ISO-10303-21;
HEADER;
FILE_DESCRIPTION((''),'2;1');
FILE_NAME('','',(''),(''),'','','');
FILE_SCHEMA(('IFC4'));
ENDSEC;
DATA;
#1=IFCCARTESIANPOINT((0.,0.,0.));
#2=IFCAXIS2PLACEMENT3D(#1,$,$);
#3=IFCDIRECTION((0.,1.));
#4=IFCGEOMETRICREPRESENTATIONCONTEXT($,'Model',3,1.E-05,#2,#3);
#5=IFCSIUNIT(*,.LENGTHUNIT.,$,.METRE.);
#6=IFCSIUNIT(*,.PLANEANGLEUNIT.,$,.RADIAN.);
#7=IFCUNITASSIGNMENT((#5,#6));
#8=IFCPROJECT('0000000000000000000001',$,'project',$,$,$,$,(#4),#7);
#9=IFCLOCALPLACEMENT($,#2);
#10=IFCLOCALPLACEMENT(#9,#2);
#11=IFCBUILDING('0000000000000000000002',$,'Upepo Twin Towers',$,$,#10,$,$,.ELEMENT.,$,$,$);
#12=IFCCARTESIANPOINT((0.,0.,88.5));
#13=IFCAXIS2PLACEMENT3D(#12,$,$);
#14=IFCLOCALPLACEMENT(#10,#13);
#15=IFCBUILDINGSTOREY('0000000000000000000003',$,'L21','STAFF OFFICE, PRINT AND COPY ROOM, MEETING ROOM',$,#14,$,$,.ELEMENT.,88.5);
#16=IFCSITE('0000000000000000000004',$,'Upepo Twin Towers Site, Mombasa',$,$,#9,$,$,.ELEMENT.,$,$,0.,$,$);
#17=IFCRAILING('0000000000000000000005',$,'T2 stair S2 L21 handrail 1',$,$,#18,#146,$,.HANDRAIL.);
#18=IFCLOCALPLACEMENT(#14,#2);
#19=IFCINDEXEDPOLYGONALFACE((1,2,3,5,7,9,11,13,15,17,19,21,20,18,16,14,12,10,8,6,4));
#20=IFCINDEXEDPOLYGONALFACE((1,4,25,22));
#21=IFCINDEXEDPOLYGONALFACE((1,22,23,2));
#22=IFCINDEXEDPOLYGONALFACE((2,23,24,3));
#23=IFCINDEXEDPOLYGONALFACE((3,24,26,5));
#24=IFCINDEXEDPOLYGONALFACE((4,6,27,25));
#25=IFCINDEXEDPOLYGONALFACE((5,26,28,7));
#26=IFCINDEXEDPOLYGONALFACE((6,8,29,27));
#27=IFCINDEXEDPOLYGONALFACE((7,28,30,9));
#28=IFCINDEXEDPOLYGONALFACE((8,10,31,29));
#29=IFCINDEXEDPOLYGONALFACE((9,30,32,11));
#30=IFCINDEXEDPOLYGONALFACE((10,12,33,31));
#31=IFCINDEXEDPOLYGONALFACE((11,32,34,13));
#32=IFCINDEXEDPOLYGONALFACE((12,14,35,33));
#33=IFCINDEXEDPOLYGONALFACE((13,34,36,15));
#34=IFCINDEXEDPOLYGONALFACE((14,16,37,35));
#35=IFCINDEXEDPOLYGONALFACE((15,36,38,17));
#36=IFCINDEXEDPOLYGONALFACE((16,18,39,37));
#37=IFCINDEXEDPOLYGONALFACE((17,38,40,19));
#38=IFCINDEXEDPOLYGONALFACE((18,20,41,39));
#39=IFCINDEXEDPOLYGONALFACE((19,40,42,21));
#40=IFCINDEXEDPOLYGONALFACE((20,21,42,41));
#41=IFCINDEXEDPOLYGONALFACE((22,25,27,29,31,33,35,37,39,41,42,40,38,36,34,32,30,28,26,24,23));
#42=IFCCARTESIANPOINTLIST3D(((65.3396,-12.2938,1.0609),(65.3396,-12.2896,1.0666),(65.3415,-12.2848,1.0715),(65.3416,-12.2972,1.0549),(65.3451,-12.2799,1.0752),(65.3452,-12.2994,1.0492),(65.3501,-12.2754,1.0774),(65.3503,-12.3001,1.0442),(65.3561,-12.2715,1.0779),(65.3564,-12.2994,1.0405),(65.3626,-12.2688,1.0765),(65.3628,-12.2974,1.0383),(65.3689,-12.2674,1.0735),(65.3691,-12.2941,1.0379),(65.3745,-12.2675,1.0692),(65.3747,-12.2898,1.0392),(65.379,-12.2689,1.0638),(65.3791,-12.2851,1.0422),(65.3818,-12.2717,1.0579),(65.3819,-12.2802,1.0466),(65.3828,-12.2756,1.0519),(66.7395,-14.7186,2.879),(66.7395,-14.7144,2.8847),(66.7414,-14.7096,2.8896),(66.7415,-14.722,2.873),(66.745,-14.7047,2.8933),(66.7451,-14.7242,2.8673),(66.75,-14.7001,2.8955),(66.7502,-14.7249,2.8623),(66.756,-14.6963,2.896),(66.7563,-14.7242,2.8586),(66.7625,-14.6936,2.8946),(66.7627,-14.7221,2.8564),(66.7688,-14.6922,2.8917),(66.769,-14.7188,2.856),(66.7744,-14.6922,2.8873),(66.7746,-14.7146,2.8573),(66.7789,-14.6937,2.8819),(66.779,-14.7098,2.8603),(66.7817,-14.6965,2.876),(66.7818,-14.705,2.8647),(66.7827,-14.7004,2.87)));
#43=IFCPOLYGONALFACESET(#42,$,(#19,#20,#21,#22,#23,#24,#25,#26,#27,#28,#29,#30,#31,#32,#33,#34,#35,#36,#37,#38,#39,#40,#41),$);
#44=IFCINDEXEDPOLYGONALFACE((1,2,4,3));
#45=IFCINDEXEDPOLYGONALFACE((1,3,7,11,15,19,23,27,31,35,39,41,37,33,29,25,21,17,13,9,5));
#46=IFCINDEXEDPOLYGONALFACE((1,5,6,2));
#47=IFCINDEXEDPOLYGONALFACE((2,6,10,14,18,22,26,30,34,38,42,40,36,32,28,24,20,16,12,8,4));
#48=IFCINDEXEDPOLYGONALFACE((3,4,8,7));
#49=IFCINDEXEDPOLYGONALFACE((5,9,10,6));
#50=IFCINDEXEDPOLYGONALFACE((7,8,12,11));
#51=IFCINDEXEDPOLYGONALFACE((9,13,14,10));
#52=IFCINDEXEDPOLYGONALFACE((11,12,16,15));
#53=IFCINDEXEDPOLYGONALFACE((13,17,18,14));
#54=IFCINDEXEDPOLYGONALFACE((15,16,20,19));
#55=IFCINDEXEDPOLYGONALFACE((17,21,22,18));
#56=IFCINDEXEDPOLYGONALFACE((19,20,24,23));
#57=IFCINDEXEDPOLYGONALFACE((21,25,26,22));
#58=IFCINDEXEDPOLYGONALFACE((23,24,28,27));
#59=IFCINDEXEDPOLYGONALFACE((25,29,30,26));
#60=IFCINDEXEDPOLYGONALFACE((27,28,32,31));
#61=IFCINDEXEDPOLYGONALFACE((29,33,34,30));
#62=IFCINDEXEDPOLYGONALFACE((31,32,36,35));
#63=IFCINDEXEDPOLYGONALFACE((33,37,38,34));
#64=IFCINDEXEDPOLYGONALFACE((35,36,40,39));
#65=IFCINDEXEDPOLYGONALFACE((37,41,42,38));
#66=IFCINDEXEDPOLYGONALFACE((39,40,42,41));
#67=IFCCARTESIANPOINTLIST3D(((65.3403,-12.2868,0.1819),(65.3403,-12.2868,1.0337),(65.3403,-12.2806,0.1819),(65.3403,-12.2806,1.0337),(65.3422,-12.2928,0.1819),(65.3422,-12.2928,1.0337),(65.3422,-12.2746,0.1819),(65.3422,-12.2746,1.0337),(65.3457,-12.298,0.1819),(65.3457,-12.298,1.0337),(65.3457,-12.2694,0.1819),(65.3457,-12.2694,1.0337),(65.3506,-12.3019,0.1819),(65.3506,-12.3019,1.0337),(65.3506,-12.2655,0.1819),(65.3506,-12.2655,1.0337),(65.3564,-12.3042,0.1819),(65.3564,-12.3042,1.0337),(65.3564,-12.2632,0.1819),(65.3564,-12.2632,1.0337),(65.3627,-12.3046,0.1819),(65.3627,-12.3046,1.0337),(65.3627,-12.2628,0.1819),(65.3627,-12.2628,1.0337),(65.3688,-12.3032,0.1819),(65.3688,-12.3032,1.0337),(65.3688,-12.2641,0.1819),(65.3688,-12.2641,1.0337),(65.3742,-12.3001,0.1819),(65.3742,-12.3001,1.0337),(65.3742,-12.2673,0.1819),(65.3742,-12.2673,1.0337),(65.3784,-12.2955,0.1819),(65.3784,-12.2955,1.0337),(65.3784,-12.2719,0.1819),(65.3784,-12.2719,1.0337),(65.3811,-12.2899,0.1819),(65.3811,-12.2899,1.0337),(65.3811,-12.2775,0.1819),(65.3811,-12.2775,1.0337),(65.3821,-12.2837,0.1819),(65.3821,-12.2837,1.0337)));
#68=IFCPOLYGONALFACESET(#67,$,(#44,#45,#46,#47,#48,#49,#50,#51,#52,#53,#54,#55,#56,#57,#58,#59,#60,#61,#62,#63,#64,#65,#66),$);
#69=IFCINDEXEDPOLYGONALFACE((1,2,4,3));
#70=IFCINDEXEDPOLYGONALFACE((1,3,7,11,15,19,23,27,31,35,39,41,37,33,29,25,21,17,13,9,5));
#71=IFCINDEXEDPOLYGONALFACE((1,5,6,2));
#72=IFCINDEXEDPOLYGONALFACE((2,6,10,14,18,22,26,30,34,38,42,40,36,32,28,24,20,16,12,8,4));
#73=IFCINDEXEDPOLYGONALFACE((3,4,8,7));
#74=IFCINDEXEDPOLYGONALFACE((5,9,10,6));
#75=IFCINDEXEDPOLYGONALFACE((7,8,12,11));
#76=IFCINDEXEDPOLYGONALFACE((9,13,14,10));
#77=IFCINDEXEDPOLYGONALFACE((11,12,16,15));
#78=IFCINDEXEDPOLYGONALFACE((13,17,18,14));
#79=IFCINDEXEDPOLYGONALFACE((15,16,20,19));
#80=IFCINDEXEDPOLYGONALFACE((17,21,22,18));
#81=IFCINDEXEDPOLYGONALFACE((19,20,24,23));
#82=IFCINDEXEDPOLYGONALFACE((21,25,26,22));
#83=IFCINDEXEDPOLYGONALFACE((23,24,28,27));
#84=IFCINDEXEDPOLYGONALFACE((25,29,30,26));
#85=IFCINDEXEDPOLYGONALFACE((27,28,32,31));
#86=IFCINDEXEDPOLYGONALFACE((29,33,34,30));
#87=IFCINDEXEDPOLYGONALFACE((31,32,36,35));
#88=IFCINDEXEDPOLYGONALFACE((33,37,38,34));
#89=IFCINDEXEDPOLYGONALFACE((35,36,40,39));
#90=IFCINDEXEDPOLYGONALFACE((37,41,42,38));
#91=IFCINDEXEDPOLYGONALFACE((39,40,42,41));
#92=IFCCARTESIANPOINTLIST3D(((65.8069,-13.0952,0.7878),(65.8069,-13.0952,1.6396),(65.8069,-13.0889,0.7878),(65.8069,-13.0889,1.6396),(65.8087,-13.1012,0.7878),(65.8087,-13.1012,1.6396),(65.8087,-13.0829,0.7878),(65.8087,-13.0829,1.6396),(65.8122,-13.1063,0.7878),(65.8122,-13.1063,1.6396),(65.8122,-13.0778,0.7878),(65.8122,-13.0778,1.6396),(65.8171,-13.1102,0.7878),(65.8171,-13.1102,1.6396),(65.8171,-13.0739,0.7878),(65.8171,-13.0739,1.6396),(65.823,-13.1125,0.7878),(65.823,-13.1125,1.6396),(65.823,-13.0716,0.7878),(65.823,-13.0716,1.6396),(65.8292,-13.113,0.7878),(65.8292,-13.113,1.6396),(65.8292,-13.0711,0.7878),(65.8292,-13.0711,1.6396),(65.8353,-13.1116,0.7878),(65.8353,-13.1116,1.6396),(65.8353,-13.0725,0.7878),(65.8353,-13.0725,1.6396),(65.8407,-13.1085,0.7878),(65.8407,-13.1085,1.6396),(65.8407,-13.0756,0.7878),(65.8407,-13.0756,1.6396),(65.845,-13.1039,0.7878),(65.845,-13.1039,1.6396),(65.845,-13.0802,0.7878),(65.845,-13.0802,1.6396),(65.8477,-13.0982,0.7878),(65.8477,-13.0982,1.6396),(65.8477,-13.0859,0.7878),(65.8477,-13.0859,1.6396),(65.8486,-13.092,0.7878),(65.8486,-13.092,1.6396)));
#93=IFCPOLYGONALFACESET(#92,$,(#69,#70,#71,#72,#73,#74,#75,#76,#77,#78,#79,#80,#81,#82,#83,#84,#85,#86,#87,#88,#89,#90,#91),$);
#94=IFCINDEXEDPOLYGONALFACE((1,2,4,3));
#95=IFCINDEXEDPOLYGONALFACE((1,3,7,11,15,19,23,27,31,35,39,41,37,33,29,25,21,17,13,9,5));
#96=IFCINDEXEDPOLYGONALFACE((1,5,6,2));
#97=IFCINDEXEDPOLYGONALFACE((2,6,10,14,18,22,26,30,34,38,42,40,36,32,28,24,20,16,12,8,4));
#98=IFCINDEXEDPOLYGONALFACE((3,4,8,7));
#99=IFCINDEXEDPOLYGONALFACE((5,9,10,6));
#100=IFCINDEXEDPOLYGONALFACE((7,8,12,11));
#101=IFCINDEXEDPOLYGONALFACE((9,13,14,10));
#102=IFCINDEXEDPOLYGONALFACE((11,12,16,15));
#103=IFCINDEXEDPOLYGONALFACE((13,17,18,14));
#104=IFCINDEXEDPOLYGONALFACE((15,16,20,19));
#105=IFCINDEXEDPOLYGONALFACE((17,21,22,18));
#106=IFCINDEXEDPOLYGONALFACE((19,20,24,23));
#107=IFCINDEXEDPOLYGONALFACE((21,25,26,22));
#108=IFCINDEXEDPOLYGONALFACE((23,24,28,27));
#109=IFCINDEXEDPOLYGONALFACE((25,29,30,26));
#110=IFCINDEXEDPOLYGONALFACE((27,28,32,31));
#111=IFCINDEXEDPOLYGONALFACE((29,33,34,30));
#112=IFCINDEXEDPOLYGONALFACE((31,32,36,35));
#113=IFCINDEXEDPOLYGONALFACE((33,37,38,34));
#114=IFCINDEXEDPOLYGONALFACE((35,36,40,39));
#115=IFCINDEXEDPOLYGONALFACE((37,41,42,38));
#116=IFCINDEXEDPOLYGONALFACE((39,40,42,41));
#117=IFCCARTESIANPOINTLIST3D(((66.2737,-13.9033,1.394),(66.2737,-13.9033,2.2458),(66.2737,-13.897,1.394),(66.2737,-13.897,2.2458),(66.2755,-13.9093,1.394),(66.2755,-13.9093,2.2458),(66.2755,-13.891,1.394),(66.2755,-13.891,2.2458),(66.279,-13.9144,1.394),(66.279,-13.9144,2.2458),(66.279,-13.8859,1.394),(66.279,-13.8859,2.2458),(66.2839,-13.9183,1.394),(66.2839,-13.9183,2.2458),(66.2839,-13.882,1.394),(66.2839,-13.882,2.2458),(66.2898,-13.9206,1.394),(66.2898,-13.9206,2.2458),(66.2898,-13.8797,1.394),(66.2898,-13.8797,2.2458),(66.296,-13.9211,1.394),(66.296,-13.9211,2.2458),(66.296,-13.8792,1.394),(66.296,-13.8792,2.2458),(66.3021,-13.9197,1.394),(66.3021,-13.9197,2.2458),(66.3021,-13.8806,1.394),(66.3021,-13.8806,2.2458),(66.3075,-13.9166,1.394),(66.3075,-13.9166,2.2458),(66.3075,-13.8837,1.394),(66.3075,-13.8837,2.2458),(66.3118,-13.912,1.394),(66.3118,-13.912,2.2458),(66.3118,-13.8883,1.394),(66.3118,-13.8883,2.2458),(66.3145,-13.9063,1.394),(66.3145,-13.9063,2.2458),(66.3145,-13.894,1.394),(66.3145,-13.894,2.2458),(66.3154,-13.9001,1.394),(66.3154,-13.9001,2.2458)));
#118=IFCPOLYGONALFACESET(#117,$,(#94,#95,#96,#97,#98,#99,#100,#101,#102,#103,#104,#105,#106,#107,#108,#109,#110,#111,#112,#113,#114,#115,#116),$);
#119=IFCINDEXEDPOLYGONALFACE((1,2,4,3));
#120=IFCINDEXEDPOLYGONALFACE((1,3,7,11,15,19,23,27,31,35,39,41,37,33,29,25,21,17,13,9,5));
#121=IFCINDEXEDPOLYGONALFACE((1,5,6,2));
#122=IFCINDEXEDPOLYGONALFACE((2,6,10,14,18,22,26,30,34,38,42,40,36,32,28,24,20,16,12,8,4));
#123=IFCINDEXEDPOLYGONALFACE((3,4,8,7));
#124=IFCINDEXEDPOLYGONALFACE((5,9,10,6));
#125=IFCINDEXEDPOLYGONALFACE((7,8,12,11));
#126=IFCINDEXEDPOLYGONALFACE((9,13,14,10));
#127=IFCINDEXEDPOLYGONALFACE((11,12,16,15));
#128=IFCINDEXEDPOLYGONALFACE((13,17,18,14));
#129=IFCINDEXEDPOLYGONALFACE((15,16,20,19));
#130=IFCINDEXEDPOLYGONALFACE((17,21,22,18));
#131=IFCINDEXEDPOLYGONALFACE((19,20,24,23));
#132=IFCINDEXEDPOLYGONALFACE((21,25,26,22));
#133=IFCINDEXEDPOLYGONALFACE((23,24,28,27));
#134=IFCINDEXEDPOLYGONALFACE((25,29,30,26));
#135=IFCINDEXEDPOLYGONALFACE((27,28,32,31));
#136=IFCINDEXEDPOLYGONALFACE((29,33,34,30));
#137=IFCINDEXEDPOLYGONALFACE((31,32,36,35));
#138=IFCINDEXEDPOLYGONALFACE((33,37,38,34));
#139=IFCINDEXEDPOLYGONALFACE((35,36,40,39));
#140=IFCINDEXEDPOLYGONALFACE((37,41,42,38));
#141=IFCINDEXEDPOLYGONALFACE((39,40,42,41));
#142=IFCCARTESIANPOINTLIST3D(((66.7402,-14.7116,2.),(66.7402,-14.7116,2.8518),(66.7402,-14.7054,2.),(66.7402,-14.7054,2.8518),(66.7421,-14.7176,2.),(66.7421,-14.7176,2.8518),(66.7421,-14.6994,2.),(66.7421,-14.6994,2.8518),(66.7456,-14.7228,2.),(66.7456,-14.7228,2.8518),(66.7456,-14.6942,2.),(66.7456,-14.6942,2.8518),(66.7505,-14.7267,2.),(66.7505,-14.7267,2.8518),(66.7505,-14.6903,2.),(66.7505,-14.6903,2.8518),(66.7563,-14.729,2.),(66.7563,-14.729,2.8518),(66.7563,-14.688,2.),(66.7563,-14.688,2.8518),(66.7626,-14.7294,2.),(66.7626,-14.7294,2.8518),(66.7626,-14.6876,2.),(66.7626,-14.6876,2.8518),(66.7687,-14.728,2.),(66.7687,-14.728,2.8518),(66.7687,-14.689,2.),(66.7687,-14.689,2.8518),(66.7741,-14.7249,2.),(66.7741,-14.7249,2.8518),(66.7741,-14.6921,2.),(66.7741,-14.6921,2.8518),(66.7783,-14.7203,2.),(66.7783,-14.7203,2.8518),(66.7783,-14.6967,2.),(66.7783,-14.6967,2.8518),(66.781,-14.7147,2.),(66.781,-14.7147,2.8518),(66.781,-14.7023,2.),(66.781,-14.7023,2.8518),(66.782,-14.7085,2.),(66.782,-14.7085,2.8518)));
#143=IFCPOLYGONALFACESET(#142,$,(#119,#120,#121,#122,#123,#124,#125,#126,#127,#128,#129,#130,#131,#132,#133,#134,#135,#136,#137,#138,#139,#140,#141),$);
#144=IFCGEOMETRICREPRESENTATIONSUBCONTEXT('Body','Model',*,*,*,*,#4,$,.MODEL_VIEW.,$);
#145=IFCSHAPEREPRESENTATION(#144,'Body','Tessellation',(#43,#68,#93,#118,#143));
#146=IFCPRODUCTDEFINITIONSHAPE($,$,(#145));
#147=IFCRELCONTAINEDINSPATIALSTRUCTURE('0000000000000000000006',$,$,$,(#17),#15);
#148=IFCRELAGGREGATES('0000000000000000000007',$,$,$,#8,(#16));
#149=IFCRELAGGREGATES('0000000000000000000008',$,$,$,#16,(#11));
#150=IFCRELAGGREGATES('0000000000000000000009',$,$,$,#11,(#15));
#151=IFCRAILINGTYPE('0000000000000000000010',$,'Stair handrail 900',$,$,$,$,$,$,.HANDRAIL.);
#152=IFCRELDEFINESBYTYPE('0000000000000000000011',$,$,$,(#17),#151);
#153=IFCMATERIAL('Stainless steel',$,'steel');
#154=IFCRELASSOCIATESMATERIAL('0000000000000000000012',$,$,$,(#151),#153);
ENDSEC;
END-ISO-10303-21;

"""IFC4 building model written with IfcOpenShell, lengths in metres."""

from ifc_helpers import new_model, si_unit, direction, frame, origin, origin_2d, place, context, subcontext, project, spatial, circle, extrude, material, type_object, element, save


model = new_model("IFC4")

# Units and contexts
model_context = context("Model", 3, precision=1e-05, world=origin(), true_north=direction((0.0, 1.0)))
body_context = subcontext(model_context, "Body", "Model", "MODEL_VIEW")
ifc_project = project(units=[si_unit("LENGTHUNIT", "METRE"), si_unit("PLANEANGLEUNIT", "RADIAN")], contexts=[model_context])

# Site, building, storey
site_placement = place(None, origin())
site = spatial("IfcSite", under=ifc_project, at=site_placement, Name="Upepo Twin Towers Site, Mombasa", CompositionType="ELEMENT", RefElevation=0.0)
building_placement = place(site_placement, origin())
building = spatial("IfcBuilding", under=site, at=building_placement, Name="Upepo Twin Towers", CompositionType="ELEMENT")
storey_placement = place(building_placement, frame((0.0, 0.0, 88.5)))
storey = spatial("IfcBuildingStorey", under=building, at=storey_placement, Name="L21", Description="STAFF OFFICE, PRINT AND COPY ROOM, MEETING ROOM", CompositionType="ELEMENT", Elevation=88.5)

# Railing
ifc_material_1 = material(Name="Stainless steel", Category="steel")
railing_type = type_object("IfcRailingType", Name="Stair handrail 900", PredefinedType="HANDRAIL", material=ifc_material_1)
railing_1_placement = place(storey_placement, frame((65.3611, -12.2837, 0.1819)))
element("IfcRailing", 1, at=railing_1_placement, inside=storey, type_object=railing_type, Name="T2 stair S2 L21 handrail 1", PredefinedType="HANDRAIL", context=body_context, shape_type="SweptSolid", body=[
    extrude(circle(Radius=0.0239, at=origin_2d()), frame((0.0, 0.0, 0.876), z_axis=(0.419333, -0.726336, 0.544606), x_axis=(0.866035, 0.499984, 0.0)), (0.0, 0.0, 1.0), 3.3384),
    extrude(circle(Radius=0.021, at=origin_2d()), origin(), (0.0, 0.0, 1.0), 0.8518),
    extrude(circle(Radius=0.021, at=origin_2d()), frame((0.4666, -0.8083, 0.606)), (0.0, 0.0, 1.0), 0.8518),
    extrude(circle(Radius=0.021, at=origin_2d()), frame((0.9333, -1.6165, 1.2122)), (0.0, 0.0, 1.0), 0.8518),
    extrude(circle(Radius=0.021, at=origin_2d()), frame((1.3999, -2.4248, 1.8181)), (0.0, 0.0, 1.0), 0.8518),
])

save(model, "model.ifc")
